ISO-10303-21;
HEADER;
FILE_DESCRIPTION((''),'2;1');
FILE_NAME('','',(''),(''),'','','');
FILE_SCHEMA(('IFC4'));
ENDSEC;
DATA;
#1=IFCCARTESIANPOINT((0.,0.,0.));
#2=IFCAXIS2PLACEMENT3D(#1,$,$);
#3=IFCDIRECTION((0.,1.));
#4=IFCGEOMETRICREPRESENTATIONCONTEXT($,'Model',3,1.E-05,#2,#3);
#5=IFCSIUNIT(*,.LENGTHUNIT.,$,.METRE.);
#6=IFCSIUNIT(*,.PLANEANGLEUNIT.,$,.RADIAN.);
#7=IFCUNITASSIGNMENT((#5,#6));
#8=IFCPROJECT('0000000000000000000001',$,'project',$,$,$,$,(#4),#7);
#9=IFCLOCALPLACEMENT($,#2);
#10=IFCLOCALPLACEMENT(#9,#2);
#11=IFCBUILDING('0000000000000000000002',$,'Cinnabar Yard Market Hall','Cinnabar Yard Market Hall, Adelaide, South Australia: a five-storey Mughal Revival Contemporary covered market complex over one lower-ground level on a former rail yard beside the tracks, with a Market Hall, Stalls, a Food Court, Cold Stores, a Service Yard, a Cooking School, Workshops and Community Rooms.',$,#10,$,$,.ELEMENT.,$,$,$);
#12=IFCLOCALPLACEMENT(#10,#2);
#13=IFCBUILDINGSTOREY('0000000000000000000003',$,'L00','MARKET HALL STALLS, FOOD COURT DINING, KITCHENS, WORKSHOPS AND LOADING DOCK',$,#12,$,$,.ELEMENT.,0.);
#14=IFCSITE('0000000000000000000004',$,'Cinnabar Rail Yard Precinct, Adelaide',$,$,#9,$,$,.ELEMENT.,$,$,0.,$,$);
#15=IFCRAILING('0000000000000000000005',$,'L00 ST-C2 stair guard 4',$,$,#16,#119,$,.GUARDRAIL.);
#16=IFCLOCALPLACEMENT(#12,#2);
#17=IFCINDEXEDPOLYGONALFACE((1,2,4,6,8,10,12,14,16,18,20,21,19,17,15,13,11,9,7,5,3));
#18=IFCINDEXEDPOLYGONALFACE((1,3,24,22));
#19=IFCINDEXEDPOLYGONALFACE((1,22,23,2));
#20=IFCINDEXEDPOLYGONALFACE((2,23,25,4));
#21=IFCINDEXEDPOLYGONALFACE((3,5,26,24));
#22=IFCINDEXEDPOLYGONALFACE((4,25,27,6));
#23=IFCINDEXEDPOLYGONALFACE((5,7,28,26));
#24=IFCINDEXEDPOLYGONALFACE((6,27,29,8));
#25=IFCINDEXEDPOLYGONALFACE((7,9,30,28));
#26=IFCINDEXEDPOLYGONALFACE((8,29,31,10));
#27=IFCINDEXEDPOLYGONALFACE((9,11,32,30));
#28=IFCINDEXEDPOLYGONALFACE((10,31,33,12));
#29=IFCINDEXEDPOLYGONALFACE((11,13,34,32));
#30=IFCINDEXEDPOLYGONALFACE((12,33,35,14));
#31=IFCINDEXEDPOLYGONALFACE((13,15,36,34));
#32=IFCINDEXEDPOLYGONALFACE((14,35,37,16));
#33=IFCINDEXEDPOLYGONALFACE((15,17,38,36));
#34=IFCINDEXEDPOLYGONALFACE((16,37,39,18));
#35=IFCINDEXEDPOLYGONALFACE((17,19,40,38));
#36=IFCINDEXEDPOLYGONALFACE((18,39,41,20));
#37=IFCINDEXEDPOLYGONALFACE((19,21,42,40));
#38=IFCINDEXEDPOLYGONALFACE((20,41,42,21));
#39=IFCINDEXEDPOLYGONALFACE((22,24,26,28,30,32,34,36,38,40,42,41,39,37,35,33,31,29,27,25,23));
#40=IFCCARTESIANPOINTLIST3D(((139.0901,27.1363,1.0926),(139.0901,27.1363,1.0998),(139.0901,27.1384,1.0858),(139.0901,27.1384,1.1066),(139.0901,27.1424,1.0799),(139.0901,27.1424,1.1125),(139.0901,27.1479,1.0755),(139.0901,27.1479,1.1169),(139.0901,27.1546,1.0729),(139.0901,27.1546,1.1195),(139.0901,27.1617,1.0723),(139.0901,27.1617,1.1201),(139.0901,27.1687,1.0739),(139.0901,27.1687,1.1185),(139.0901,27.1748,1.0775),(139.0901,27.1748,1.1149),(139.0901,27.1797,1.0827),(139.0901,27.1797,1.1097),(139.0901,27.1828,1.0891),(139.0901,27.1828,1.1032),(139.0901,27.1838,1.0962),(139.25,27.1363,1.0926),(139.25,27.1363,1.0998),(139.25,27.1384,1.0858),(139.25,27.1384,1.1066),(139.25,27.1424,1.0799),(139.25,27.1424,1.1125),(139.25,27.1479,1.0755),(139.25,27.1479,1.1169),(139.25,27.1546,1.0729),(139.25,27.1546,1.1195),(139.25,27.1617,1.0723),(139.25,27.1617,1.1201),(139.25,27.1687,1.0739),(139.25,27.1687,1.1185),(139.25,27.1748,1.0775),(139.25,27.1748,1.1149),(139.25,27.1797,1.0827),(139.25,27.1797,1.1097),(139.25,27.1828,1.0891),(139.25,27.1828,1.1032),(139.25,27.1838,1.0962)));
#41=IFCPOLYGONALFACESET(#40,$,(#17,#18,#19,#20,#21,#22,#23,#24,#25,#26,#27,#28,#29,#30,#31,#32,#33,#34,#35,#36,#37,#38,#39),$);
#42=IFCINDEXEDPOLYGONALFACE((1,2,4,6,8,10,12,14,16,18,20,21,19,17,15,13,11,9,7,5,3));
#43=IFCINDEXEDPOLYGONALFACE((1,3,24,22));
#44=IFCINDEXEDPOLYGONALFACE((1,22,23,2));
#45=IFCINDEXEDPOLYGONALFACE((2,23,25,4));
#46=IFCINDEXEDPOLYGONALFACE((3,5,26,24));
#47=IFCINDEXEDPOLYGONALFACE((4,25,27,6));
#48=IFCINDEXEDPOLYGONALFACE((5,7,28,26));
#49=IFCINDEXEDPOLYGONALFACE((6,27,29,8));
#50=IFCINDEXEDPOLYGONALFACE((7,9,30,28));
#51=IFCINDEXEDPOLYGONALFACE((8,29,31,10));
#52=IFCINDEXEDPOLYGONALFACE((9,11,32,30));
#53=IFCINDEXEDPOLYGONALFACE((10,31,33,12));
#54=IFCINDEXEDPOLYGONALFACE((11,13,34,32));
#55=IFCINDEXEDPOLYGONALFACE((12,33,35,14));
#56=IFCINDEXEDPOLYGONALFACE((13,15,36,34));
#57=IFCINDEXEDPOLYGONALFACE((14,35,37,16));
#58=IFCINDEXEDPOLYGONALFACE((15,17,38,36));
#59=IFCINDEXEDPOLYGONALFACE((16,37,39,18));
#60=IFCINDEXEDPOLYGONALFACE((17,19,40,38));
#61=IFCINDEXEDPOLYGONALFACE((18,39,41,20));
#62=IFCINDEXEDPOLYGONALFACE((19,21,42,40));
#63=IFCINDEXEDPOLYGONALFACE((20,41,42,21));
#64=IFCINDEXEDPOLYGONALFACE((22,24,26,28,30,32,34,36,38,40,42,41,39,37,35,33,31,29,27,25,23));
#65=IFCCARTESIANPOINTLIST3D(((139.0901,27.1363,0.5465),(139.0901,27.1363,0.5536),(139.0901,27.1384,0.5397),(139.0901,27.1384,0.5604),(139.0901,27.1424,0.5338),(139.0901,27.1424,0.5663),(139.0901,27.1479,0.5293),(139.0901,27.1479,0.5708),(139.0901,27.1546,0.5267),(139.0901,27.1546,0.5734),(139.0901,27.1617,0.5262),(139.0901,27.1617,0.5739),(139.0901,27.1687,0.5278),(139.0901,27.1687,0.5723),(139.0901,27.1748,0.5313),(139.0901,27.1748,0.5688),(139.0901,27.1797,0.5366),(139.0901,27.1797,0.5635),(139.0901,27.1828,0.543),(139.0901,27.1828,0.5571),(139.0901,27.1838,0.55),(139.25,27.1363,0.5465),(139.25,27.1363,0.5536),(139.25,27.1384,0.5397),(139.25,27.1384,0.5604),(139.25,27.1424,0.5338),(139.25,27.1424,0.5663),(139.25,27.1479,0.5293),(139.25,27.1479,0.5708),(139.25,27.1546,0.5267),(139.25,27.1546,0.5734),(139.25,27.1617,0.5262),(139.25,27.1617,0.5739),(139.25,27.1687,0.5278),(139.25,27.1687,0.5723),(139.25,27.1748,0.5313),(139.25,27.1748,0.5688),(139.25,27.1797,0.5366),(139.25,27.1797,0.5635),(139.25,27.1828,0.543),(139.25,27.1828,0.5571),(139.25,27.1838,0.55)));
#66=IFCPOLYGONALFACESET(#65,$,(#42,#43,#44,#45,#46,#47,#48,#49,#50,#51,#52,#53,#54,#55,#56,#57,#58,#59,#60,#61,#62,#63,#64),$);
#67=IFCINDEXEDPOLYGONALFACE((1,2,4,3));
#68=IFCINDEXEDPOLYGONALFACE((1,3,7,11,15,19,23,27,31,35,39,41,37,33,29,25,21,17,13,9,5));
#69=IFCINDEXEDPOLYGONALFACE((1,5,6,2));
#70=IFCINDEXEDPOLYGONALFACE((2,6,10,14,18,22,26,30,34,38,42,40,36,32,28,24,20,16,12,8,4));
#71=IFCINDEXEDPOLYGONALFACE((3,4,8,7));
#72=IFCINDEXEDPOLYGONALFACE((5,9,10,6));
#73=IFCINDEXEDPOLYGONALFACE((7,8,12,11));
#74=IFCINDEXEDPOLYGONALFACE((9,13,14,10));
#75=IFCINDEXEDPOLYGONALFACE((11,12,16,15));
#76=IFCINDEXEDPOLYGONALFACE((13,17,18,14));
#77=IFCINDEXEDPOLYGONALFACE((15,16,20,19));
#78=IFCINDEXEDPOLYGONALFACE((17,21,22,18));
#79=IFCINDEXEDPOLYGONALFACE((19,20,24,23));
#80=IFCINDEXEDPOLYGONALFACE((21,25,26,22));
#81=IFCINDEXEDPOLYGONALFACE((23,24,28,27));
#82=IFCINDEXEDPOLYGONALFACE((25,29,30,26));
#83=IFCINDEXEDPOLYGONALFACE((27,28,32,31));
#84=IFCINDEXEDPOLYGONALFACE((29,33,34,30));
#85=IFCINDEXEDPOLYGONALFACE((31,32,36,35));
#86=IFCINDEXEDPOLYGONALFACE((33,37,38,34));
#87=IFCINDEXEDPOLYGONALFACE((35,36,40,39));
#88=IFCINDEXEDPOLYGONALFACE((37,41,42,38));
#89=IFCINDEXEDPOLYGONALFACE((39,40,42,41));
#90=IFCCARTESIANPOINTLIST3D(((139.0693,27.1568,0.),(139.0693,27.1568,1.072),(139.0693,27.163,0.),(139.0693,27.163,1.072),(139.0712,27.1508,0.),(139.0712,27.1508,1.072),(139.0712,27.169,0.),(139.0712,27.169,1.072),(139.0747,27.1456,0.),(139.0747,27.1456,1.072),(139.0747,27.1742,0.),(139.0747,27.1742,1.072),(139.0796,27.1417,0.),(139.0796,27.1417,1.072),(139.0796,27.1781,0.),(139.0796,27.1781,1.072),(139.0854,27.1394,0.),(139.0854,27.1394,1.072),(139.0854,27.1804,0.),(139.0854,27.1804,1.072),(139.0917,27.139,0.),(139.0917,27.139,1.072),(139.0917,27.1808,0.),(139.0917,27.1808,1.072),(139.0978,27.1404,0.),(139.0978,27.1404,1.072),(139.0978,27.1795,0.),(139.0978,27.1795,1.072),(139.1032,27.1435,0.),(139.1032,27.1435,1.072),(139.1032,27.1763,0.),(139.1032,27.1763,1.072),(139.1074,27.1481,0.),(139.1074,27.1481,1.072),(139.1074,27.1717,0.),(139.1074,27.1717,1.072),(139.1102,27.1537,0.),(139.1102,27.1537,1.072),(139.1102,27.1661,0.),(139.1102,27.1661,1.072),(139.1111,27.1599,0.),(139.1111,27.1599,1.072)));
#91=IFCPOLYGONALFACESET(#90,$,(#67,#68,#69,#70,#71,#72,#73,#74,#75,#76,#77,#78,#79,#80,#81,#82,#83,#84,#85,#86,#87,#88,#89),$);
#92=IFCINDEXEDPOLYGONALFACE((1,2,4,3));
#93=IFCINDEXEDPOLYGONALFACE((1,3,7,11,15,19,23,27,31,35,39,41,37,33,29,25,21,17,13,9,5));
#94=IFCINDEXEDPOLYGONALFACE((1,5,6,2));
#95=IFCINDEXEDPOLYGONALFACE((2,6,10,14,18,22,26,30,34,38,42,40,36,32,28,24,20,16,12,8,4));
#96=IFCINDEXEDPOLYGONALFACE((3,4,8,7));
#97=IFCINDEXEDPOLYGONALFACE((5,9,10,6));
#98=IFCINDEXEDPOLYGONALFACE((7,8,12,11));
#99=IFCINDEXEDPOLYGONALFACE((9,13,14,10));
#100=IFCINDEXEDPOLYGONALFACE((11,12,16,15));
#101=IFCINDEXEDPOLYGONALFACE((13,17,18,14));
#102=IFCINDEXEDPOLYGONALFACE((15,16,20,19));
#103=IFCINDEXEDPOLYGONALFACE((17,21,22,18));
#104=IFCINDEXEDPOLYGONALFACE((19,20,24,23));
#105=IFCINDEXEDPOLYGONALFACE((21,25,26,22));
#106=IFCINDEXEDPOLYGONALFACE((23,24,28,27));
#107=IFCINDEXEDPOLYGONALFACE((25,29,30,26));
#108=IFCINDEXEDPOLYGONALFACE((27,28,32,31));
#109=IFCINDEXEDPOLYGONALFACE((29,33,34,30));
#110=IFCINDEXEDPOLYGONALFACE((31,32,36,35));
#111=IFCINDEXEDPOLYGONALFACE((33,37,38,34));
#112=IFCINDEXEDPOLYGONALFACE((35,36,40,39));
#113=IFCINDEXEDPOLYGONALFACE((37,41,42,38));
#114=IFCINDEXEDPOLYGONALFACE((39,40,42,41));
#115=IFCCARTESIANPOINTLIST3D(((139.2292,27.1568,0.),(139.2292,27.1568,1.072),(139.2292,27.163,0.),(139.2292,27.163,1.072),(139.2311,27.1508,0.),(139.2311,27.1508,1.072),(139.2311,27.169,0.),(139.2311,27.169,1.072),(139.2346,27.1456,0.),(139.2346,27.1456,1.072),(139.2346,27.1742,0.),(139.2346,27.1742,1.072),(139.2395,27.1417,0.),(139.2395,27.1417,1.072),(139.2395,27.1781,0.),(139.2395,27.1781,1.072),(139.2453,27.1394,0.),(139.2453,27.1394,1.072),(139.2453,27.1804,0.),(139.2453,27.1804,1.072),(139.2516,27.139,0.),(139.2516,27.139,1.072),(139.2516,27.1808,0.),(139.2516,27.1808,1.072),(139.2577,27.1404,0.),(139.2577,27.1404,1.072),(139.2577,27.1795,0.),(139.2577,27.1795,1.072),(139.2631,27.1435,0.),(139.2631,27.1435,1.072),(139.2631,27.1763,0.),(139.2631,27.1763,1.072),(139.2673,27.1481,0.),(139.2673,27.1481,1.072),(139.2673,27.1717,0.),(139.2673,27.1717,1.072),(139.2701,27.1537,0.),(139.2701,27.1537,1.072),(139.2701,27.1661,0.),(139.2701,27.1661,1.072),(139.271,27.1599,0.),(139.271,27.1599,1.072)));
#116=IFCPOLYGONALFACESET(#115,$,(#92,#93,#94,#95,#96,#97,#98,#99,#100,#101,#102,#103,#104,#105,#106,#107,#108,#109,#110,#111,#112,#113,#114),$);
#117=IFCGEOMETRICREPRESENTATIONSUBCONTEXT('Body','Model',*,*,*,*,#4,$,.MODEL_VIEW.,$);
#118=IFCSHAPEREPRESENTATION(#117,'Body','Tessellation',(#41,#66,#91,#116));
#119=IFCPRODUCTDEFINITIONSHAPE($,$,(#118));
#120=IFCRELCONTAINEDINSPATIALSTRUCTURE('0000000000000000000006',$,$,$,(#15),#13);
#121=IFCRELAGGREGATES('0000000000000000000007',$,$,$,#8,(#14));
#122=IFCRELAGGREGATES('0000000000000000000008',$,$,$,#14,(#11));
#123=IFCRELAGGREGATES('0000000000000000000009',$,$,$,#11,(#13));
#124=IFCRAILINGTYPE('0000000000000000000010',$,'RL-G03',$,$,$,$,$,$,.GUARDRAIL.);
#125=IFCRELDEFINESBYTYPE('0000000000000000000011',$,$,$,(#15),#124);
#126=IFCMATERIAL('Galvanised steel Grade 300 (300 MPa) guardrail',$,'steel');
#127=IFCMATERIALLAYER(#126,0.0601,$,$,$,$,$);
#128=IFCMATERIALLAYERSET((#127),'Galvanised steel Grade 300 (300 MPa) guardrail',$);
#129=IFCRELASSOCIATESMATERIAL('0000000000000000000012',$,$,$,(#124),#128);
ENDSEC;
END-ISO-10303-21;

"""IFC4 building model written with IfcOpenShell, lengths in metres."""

from ifc_helpers import new_model, si_unit, direction, frame, origin, origin_2d_with_axis, place, context, subcontext, project, spatial, circle, extrude, material, layer, layer_set, type_object, element, save


model = new_model("IFC4")

# Units and contexts
model_context = context("Model", 3, precision=1e-05, world=origin(), true_north=direction((0.0, 1.0)))
body_context = subcontext(model_context, "Body", "Model", "MODEL_VIEW")
ifc_project = project(units=[si_unit("LENGTHUNIT", "METRE"), si_unit("PLANEANGLEUNIT", "RADIAN")], contexts=[model_context])

# Site, building, storey
site_placement = place(None, origin())
site = spatial("IfcSite", under=ifc_project, at=site_placement, Name="Cinnabar Rail Yard Precinct, Adelaide", CompositionType="ELEMENT", RefElevation=0.0)
building_placement = place(site_placement, origin())
building = spatial("IfcBuilding", under=site, at=building_placement, Name="Cinnabar Yard Market Hall", Description="Cinnabar Yard Market Hall, Adelaide, South Australia: a five-storey Mughal Revival Contemporary covered market complex over one lower-ground level on a former rail yard beside the tracks, with a Market Hall, Stalls, a Food Court, Cold Stores, a Service Yard, a Cooking School, Workshops and Community Rooms.", CompositionType="ELEMENT")
storey_placement = place(building_placement, origin())
storey = spatial("IfcBuildingStorey", under=building, at=storey_placement, Name="L00", Description="MARKET HALL STALLS, FOOD COURT DINING, KITCHENS, WORKSHOPS AND LOADING DOCK", CompositionType="ELEMENT", Elevation=0.0)

# Railing
ifc_material_1 = material(Name="Galvanised steel Grade 300 (300 MPa) guardrail", Category="steel")
ifc_layer_1 = layer(ifc_material_1, 0.0601)
ifc_layer_set_1 = layer_set([ifc_layer_1], Name="Galvanised steel Grade 300 (300 MPa) guardrail")
railing_type_1 = type_object("IfcRailingType", Name="RL-G03", PredefinedType="GUARDRAIL", material=ifc_layer_set_1)
railing_1_placement = place(storey_placement, frame((139.0901, 27.1599, 0.0)))
element("IfcRailing", 1, at=railing_1_placement, inside=storey, type_object=railing_type_1, Name="L00 ST-C2 stair guard 4", PredefinedType="GUARDRAIL", context=body_context, shape_type="SweptSolid", body=[
    extrude(circle(Radius=0.0239, at=origin_2d_with_axis()), frame((0.0, 0.0, 1.0962), z_axis=(1.0, 0.0, 0.0), x_axis=(0.0, 1.0, 0.0)), (0.0, 0.0, 1.0), 0.1599),
    extrude(circle(Radius=0.0239, at=origin_2d_with_axis()), frame((0.0, 0.0, 0.55), z_axis=(1.0, 0.0, 0.0), x_axis=(0.0, 1.0, 0.0)), (0.0, 0.0, 1.0), 0.1599),
    extrude(circle(Radius=0.021, at=origin_2d_with_axis()), origin(), (0.0, 0.0, 1.0), 1.072),
    extrude(circle(Radius=0.021, at=origin_2d_with_axis()), frame((0.1599, 0.0, 0.0)), (0.0, 0.0, 1.0), 1.072),
])

save(model, "model.ifc")
